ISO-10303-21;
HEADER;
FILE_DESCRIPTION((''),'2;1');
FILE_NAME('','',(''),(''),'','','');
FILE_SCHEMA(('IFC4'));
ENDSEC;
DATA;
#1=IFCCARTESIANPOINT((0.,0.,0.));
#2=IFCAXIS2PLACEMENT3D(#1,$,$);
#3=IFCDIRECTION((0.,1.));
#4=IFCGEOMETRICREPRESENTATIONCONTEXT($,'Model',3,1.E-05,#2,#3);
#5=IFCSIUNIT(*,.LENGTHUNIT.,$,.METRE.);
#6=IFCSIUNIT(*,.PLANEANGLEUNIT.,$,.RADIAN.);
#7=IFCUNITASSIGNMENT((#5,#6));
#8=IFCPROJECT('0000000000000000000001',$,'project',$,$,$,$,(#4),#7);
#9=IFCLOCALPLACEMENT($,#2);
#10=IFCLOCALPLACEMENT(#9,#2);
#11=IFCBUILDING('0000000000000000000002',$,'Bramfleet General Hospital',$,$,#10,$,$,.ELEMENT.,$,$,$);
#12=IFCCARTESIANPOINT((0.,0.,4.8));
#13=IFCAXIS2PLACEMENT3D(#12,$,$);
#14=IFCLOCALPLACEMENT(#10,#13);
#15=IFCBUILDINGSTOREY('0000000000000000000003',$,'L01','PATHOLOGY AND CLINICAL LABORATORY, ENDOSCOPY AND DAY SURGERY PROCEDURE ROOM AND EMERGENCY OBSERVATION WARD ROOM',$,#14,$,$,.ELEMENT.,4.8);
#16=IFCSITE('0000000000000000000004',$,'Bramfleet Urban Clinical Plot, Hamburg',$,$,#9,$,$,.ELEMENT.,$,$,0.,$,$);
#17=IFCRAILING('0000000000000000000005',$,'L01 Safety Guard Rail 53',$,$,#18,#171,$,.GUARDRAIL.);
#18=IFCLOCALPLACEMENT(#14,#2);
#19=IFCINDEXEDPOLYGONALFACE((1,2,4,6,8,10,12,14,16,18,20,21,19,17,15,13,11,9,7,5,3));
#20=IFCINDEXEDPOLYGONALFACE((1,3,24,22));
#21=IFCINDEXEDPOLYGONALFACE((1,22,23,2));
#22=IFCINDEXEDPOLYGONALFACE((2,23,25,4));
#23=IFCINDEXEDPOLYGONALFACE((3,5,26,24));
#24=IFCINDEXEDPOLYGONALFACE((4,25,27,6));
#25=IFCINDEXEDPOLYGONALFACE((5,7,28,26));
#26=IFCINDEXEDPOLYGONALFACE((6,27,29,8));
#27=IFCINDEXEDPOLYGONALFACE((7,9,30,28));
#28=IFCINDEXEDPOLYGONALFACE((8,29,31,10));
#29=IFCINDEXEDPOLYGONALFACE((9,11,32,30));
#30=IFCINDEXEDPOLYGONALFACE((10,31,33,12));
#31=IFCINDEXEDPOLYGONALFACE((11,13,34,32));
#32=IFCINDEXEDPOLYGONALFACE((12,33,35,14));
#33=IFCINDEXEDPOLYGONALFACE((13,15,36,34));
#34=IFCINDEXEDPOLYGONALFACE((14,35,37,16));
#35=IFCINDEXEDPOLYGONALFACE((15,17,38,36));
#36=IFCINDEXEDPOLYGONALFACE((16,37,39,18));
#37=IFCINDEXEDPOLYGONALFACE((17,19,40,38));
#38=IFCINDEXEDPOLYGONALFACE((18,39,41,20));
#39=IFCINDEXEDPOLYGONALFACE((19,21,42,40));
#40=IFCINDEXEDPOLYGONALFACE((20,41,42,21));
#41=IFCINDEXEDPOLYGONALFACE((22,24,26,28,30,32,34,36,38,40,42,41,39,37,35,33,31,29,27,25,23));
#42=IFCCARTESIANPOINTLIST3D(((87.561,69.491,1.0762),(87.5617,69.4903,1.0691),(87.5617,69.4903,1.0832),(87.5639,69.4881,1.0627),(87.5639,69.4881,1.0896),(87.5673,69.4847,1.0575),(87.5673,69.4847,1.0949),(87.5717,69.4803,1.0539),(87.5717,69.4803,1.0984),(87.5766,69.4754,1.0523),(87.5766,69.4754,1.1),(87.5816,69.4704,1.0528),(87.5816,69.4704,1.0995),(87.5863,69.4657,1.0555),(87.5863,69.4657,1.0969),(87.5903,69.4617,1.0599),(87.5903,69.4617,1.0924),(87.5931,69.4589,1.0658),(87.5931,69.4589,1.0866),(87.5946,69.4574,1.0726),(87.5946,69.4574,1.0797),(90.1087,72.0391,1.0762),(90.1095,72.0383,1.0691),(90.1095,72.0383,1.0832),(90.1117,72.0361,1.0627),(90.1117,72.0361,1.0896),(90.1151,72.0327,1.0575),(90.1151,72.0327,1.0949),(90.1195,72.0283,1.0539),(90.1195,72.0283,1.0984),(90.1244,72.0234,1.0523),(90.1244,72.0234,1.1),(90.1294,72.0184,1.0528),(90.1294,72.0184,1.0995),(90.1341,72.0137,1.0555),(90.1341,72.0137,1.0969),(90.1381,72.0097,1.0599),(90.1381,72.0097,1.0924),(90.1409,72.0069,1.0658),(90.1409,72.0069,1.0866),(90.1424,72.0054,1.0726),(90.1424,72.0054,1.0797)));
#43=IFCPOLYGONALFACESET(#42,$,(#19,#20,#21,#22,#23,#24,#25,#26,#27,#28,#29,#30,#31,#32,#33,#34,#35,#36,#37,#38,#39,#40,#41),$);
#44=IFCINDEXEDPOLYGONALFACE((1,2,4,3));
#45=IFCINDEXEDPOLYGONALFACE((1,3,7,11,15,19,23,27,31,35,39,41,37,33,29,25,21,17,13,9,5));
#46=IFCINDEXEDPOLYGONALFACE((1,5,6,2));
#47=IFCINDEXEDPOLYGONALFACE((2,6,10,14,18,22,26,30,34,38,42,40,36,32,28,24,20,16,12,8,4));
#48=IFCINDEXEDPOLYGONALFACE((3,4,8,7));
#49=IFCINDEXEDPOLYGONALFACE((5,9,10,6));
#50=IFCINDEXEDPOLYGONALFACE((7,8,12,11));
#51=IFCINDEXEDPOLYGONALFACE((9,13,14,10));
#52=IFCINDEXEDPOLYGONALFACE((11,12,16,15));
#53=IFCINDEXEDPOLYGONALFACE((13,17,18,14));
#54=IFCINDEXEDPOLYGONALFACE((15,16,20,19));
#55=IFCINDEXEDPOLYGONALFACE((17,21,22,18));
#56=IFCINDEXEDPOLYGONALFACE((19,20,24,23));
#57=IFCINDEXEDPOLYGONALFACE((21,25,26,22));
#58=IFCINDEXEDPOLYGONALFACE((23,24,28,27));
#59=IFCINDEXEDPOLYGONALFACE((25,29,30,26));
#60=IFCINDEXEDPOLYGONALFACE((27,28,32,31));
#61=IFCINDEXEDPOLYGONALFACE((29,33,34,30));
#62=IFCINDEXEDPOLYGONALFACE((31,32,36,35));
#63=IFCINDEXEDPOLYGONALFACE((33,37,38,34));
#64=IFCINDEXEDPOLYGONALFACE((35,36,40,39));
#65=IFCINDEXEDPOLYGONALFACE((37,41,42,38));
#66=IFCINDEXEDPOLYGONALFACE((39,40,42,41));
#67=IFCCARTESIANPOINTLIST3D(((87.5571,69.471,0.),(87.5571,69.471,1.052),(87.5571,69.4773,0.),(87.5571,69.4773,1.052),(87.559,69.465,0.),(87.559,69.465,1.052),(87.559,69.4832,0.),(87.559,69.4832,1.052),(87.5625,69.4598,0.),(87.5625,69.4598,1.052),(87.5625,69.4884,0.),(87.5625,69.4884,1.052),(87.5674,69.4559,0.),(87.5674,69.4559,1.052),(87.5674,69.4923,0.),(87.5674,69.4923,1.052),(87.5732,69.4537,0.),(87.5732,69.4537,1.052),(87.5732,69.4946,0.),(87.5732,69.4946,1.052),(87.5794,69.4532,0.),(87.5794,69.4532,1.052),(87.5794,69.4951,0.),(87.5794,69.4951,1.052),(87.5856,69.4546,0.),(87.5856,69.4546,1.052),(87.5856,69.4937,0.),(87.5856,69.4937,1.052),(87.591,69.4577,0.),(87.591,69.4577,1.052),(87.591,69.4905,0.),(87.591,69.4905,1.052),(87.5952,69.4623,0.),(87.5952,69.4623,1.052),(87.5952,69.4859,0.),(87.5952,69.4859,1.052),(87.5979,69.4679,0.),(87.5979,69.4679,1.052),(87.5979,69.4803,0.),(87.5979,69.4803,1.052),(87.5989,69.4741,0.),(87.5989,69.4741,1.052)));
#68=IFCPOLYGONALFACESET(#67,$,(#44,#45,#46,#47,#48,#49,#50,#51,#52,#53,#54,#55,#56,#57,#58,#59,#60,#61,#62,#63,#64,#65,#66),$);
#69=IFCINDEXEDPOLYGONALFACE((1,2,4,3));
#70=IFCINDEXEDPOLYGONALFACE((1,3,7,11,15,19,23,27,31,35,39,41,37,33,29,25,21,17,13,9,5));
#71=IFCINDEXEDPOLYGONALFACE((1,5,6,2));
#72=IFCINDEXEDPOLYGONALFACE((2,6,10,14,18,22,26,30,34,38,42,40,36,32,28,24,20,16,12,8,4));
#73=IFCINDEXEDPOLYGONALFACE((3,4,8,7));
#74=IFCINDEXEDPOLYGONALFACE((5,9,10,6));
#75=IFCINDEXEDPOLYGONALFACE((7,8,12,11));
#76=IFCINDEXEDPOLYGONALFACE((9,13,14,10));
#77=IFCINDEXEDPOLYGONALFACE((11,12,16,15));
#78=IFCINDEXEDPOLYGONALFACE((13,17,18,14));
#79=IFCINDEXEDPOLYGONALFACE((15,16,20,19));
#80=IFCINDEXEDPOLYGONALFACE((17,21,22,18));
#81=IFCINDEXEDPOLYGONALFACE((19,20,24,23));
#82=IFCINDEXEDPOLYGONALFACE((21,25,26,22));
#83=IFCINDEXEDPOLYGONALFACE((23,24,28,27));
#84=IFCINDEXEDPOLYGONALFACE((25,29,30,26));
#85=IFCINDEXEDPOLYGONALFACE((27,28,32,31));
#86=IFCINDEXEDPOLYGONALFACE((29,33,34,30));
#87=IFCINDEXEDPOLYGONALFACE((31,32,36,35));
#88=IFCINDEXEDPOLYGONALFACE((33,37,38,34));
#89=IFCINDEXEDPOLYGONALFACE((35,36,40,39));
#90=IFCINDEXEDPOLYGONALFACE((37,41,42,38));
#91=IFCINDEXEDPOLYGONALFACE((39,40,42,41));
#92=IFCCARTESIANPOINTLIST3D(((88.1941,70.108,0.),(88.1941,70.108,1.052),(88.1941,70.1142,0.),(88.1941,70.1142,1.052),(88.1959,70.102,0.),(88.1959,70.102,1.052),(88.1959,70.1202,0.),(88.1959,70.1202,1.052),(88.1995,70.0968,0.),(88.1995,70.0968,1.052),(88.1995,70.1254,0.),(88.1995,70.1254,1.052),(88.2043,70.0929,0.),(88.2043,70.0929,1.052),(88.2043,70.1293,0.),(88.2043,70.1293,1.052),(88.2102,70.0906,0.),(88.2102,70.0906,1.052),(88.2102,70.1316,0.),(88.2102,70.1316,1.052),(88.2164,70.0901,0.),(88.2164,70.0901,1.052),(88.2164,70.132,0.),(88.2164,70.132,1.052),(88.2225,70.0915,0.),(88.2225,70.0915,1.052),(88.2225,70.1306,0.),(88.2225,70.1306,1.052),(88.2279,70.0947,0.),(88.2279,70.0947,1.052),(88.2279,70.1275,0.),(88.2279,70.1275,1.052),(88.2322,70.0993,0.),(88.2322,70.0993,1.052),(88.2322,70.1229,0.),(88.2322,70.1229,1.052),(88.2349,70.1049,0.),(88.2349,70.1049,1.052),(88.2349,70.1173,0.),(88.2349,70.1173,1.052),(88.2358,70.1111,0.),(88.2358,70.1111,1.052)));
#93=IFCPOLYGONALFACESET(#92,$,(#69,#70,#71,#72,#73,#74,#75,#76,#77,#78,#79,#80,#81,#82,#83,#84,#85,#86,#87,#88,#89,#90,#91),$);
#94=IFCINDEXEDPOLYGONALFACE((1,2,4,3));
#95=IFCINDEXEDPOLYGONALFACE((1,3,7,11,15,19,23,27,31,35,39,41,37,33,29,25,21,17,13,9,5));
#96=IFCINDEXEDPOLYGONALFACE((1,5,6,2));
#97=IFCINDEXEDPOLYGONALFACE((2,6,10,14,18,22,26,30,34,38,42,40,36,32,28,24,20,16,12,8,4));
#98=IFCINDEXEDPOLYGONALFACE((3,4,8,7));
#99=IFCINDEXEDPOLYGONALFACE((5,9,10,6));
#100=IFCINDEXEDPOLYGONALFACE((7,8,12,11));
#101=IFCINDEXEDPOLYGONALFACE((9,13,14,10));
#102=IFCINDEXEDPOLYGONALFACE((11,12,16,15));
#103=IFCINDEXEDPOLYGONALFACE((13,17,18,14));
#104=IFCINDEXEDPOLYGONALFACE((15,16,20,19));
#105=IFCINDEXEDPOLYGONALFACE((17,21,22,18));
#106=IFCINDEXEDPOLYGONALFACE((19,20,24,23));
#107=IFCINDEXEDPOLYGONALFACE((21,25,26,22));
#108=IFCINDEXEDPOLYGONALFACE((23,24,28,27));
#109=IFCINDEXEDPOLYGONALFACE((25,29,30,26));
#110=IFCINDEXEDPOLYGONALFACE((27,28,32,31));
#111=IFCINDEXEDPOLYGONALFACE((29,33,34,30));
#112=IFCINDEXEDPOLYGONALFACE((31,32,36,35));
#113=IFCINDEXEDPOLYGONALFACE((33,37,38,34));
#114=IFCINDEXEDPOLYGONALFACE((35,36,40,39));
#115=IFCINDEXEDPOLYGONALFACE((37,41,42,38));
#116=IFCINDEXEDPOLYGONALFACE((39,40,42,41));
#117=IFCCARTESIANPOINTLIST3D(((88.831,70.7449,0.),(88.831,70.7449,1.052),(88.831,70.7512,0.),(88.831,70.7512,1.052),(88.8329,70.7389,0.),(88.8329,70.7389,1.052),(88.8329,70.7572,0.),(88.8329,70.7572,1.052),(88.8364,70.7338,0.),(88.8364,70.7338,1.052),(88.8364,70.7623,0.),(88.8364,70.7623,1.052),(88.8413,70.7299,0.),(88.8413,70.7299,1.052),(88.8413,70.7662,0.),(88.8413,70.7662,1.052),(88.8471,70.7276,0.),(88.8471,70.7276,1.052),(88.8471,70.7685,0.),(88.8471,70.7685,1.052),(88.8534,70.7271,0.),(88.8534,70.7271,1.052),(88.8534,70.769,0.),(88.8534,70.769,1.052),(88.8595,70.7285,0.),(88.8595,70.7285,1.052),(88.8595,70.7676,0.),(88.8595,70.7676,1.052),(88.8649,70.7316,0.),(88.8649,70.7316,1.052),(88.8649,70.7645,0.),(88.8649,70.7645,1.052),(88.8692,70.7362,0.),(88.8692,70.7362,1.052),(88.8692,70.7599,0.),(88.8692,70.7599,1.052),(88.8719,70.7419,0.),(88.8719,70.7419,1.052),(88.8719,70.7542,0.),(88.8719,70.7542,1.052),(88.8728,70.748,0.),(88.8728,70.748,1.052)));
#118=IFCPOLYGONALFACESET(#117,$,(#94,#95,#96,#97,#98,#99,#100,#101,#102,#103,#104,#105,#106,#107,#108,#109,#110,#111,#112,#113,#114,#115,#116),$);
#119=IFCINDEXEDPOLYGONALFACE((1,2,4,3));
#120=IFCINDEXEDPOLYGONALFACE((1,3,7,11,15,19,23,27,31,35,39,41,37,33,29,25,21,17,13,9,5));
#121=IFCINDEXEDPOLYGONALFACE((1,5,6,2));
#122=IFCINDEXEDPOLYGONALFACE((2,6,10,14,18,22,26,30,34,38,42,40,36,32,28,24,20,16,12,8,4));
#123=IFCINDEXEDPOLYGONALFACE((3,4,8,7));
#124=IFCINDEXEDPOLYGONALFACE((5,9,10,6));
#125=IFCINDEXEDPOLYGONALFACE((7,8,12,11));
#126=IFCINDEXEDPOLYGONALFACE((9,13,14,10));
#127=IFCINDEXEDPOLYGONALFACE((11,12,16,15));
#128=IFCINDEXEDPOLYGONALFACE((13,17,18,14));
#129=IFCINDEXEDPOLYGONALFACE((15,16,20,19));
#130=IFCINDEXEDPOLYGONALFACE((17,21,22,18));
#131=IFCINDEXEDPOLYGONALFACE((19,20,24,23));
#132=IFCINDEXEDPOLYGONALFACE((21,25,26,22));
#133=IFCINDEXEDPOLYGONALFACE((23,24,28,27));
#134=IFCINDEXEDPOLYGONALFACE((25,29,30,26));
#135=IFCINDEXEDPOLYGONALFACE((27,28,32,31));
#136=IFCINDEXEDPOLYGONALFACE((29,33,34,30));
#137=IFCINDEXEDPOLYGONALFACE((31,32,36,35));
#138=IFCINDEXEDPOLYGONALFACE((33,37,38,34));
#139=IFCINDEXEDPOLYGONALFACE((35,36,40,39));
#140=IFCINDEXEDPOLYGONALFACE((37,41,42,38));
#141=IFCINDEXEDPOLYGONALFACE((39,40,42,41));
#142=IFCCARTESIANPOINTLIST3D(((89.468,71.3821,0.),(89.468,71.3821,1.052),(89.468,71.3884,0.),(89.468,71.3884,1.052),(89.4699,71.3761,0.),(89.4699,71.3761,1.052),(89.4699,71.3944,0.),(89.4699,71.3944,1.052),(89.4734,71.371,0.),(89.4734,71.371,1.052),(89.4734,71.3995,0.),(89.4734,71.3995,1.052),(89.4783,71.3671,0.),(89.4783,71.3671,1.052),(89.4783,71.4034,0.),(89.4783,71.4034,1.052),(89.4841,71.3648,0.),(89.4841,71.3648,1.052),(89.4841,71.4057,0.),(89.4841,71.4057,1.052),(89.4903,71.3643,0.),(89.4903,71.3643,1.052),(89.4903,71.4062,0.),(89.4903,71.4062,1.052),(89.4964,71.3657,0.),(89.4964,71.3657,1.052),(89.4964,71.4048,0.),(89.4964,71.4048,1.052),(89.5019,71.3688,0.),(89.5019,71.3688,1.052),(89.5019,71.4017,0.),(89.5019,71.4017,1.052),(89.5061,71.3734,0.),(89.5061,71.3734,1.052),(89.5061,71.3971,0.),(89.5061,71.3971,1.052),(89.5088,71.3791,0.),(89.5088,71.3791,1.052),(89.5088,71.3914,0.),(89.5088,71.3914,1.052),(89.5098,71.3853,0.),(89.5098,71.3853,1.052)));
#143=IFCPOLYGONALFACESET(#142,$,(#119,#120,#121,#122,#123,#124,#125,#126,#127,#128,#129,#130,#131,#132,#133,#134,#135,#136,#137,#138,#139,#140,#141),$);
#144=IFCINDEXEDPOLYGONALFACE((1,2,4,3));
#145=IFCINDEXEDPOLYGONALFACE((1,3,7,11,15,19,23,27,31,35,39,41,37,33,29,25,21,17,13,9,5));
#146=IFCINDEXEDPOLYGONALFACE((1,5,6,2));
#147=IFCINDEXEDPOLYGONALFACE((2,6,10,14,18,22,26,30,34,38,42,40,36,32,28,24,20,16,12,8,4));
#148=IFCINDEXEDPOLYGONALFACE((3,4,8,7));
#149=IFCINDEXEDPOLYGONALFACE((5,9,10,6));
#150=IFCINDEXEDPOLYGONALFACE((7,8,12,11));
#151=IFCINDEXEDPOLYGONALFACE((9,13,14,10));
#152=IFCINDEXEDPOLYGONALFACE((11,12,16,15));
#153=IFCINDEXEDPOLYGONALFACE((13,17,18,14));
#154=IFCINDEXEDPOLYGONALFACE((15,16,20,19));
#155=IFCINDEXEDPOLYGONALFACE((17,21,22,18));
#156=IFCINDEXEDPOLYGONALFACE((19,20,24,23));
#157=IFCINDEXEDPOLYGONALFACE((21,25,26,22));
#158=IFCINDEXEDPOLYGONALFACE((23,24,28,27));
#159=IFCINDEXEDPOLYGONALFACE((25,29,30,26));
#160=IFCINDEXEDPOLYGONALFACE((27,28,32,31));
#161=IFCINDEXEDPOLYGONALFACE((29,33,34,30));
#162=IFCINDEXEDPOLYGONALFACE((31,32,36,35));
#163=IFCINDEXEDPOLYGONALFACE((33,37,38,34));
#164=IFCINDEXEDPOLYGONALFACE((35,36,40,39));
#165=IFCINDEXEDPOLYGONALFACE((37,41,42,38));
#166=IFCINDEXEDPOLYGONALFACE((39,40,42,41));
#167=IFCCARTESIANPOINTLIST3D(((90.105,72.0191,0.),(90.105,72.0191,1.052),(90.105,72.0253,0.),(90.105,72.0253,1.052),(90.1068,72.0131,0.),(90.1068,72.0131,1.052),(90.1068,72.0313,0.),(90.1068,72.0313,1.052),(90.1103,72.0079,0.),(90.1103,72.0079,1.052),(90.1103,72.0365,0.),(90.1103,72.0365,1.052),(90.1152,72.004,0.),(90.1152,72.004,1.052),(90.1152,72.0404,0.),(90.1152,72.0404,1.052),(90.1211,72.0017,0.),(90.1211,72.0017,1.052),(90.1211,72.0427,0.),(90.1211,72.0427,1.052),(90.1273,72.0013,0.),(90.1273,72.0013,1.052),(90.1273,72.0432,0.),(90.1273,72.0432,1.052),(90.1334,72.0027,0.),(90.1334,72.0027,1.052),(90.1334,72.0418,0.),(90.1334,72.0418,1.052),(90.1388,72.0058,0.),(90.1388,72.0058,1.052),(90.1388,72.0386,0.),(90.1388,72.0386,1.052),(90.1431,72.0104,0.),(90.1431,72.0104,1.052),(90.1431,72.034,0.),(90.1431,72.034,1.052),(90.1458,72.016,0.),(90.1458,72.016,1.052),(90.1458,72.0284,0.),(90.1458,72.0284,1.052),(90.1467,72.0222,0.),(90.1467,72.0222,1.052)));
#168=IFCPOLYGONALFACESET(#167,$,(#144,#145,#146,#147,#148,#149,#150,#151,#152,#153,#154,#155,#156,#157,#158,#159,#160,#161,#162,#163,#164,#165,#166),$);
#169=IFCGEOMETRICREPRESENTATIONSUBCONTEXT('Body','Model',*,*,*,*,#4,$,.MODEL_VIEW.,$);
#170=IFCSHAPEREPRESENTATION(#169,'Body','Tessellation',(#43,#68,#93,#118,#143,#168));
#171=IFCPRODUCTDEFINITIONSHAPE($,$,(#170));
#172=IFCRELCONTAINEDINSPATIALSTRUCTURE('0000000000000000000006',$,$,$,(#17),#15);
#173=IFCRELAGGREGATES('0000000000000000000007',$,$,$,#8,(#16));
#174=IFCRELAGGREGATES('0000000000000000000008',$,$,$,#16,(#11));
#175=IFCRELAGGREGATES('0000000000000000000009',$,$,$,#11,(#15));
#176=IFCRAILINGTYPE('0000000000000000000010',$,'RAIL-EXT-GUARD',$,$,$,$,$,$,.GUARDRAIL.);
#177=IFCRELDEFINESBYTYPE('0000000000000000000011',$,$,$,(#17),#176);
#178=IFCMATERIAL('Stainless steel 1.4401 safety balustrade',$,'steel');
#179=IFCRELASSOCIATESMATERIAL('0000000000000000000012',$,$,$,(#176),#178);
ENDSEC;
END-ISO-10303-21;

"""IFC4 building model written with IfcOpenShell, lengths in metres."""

from ifc_helpers import new_model, si_unit, direction, frame, origin, origin_2d, place, context, subcontext, project, spatial, circle, extrude, material, type_object, element, save


model = new_model("IFC4")

# Units and contexts
model_context = context("Model", 3, precision=1e-05, world=origin(), true_north=direction((0.0, 1.0)))
body_context = subcontext(model_context, "Body", "Model", "MODEL_VIEW")
ifc_project = project(units=[si_unit("LENGTHUNIT", "METRE"), si_unit("PLANEANGLEUNIT", "RADIAN")], contexts=[model_context])

# Site, building, storey
site_placement = place(None, origin())
site = spatial("IfcSite", under=ifc_project, at=site_placement, Name="Bramfleet Urban Clinical Plot, Hamburg", CompositionType="ELEMENT", RefElevation=0.0)
building_placement = place(site_placement, origin())
building = spatial("IfcBuilding", under=site, at=building_placement, Name="Bramfleet General Hospital", CompositionType="ELEMENT")
storey_placement = place(building_placement, frame((0.0, 0.0, 4.8)))
storey = spatial("IfcBuildingStorey", under=building, at=storey_placement, Name="L01", Description="PATHOLOGY AND CLINICAL LABORATORY, ENDOSCOPY AND DAY SURGERY PROCEDURE ROOM AND EMERGENCY OBSERVATION WARD ROOM", CompositionType="ELEMENT", Elevation=4.8)

# Railing
ifc_material_1 = material(Name="Stainless steel 1.4401 safety balustrade", Category="steel")
railing_type = type_object("IfcRailingType", Name="RAIL-EXT-GUARD", PredefinedType="GUARDRAIL", material=ifc_material_1)
railing_1_placement = place(storey_placement, frame((87.5779, 69.4741, 0.0)))
element("IfcRailing", 1, at=railing_1_placement, inside=storey, type_object=railing_type, Name="L01 Safety Guard Rail 53", PredefinedType="GUARDRAIL", context=body_context, shape_type="SweptSolid", body=[
    extrude(circle(Radius=0.0239, at=origin_2d()), frame((0.0, 0.0, 1.0762), z_axis=(0.707073, 0.707141, 0.0), x_axis=(-0.707141, 0.707073, 0.0)), (0.0, 0.0, 1.0), 3.6033),
    extrude(circle(Radius=0.021, at=origin_2d()), origin(), (0.0, 0.0, 1.0), 1.052),
    extrude(circle(Radius=0.021, at=origin_2d()), frame((0.637, 0.637, 0.0)), (0.0, 0.0, 1.0), 1.052),
    extrude(circle(Radius=0.021, at=origin_2d()), frame((1.2739, 1.2739, 0.0)), (0.0, 0.0, 1.0), 1.052),
    extrude(circle(Radius=0.021, at=origin_2d()), frame((1.9109, 1.9111, 0.0)), (0.0, 0.0, 1.0), 1.052),
    extrude(circle(Radius=0.021, at=origin_2d()), frame((2.5479, 2.5481, 0.0)), (0.0, 0.0, 1.0), 1.052),
])

save(model, "model.ifc")
